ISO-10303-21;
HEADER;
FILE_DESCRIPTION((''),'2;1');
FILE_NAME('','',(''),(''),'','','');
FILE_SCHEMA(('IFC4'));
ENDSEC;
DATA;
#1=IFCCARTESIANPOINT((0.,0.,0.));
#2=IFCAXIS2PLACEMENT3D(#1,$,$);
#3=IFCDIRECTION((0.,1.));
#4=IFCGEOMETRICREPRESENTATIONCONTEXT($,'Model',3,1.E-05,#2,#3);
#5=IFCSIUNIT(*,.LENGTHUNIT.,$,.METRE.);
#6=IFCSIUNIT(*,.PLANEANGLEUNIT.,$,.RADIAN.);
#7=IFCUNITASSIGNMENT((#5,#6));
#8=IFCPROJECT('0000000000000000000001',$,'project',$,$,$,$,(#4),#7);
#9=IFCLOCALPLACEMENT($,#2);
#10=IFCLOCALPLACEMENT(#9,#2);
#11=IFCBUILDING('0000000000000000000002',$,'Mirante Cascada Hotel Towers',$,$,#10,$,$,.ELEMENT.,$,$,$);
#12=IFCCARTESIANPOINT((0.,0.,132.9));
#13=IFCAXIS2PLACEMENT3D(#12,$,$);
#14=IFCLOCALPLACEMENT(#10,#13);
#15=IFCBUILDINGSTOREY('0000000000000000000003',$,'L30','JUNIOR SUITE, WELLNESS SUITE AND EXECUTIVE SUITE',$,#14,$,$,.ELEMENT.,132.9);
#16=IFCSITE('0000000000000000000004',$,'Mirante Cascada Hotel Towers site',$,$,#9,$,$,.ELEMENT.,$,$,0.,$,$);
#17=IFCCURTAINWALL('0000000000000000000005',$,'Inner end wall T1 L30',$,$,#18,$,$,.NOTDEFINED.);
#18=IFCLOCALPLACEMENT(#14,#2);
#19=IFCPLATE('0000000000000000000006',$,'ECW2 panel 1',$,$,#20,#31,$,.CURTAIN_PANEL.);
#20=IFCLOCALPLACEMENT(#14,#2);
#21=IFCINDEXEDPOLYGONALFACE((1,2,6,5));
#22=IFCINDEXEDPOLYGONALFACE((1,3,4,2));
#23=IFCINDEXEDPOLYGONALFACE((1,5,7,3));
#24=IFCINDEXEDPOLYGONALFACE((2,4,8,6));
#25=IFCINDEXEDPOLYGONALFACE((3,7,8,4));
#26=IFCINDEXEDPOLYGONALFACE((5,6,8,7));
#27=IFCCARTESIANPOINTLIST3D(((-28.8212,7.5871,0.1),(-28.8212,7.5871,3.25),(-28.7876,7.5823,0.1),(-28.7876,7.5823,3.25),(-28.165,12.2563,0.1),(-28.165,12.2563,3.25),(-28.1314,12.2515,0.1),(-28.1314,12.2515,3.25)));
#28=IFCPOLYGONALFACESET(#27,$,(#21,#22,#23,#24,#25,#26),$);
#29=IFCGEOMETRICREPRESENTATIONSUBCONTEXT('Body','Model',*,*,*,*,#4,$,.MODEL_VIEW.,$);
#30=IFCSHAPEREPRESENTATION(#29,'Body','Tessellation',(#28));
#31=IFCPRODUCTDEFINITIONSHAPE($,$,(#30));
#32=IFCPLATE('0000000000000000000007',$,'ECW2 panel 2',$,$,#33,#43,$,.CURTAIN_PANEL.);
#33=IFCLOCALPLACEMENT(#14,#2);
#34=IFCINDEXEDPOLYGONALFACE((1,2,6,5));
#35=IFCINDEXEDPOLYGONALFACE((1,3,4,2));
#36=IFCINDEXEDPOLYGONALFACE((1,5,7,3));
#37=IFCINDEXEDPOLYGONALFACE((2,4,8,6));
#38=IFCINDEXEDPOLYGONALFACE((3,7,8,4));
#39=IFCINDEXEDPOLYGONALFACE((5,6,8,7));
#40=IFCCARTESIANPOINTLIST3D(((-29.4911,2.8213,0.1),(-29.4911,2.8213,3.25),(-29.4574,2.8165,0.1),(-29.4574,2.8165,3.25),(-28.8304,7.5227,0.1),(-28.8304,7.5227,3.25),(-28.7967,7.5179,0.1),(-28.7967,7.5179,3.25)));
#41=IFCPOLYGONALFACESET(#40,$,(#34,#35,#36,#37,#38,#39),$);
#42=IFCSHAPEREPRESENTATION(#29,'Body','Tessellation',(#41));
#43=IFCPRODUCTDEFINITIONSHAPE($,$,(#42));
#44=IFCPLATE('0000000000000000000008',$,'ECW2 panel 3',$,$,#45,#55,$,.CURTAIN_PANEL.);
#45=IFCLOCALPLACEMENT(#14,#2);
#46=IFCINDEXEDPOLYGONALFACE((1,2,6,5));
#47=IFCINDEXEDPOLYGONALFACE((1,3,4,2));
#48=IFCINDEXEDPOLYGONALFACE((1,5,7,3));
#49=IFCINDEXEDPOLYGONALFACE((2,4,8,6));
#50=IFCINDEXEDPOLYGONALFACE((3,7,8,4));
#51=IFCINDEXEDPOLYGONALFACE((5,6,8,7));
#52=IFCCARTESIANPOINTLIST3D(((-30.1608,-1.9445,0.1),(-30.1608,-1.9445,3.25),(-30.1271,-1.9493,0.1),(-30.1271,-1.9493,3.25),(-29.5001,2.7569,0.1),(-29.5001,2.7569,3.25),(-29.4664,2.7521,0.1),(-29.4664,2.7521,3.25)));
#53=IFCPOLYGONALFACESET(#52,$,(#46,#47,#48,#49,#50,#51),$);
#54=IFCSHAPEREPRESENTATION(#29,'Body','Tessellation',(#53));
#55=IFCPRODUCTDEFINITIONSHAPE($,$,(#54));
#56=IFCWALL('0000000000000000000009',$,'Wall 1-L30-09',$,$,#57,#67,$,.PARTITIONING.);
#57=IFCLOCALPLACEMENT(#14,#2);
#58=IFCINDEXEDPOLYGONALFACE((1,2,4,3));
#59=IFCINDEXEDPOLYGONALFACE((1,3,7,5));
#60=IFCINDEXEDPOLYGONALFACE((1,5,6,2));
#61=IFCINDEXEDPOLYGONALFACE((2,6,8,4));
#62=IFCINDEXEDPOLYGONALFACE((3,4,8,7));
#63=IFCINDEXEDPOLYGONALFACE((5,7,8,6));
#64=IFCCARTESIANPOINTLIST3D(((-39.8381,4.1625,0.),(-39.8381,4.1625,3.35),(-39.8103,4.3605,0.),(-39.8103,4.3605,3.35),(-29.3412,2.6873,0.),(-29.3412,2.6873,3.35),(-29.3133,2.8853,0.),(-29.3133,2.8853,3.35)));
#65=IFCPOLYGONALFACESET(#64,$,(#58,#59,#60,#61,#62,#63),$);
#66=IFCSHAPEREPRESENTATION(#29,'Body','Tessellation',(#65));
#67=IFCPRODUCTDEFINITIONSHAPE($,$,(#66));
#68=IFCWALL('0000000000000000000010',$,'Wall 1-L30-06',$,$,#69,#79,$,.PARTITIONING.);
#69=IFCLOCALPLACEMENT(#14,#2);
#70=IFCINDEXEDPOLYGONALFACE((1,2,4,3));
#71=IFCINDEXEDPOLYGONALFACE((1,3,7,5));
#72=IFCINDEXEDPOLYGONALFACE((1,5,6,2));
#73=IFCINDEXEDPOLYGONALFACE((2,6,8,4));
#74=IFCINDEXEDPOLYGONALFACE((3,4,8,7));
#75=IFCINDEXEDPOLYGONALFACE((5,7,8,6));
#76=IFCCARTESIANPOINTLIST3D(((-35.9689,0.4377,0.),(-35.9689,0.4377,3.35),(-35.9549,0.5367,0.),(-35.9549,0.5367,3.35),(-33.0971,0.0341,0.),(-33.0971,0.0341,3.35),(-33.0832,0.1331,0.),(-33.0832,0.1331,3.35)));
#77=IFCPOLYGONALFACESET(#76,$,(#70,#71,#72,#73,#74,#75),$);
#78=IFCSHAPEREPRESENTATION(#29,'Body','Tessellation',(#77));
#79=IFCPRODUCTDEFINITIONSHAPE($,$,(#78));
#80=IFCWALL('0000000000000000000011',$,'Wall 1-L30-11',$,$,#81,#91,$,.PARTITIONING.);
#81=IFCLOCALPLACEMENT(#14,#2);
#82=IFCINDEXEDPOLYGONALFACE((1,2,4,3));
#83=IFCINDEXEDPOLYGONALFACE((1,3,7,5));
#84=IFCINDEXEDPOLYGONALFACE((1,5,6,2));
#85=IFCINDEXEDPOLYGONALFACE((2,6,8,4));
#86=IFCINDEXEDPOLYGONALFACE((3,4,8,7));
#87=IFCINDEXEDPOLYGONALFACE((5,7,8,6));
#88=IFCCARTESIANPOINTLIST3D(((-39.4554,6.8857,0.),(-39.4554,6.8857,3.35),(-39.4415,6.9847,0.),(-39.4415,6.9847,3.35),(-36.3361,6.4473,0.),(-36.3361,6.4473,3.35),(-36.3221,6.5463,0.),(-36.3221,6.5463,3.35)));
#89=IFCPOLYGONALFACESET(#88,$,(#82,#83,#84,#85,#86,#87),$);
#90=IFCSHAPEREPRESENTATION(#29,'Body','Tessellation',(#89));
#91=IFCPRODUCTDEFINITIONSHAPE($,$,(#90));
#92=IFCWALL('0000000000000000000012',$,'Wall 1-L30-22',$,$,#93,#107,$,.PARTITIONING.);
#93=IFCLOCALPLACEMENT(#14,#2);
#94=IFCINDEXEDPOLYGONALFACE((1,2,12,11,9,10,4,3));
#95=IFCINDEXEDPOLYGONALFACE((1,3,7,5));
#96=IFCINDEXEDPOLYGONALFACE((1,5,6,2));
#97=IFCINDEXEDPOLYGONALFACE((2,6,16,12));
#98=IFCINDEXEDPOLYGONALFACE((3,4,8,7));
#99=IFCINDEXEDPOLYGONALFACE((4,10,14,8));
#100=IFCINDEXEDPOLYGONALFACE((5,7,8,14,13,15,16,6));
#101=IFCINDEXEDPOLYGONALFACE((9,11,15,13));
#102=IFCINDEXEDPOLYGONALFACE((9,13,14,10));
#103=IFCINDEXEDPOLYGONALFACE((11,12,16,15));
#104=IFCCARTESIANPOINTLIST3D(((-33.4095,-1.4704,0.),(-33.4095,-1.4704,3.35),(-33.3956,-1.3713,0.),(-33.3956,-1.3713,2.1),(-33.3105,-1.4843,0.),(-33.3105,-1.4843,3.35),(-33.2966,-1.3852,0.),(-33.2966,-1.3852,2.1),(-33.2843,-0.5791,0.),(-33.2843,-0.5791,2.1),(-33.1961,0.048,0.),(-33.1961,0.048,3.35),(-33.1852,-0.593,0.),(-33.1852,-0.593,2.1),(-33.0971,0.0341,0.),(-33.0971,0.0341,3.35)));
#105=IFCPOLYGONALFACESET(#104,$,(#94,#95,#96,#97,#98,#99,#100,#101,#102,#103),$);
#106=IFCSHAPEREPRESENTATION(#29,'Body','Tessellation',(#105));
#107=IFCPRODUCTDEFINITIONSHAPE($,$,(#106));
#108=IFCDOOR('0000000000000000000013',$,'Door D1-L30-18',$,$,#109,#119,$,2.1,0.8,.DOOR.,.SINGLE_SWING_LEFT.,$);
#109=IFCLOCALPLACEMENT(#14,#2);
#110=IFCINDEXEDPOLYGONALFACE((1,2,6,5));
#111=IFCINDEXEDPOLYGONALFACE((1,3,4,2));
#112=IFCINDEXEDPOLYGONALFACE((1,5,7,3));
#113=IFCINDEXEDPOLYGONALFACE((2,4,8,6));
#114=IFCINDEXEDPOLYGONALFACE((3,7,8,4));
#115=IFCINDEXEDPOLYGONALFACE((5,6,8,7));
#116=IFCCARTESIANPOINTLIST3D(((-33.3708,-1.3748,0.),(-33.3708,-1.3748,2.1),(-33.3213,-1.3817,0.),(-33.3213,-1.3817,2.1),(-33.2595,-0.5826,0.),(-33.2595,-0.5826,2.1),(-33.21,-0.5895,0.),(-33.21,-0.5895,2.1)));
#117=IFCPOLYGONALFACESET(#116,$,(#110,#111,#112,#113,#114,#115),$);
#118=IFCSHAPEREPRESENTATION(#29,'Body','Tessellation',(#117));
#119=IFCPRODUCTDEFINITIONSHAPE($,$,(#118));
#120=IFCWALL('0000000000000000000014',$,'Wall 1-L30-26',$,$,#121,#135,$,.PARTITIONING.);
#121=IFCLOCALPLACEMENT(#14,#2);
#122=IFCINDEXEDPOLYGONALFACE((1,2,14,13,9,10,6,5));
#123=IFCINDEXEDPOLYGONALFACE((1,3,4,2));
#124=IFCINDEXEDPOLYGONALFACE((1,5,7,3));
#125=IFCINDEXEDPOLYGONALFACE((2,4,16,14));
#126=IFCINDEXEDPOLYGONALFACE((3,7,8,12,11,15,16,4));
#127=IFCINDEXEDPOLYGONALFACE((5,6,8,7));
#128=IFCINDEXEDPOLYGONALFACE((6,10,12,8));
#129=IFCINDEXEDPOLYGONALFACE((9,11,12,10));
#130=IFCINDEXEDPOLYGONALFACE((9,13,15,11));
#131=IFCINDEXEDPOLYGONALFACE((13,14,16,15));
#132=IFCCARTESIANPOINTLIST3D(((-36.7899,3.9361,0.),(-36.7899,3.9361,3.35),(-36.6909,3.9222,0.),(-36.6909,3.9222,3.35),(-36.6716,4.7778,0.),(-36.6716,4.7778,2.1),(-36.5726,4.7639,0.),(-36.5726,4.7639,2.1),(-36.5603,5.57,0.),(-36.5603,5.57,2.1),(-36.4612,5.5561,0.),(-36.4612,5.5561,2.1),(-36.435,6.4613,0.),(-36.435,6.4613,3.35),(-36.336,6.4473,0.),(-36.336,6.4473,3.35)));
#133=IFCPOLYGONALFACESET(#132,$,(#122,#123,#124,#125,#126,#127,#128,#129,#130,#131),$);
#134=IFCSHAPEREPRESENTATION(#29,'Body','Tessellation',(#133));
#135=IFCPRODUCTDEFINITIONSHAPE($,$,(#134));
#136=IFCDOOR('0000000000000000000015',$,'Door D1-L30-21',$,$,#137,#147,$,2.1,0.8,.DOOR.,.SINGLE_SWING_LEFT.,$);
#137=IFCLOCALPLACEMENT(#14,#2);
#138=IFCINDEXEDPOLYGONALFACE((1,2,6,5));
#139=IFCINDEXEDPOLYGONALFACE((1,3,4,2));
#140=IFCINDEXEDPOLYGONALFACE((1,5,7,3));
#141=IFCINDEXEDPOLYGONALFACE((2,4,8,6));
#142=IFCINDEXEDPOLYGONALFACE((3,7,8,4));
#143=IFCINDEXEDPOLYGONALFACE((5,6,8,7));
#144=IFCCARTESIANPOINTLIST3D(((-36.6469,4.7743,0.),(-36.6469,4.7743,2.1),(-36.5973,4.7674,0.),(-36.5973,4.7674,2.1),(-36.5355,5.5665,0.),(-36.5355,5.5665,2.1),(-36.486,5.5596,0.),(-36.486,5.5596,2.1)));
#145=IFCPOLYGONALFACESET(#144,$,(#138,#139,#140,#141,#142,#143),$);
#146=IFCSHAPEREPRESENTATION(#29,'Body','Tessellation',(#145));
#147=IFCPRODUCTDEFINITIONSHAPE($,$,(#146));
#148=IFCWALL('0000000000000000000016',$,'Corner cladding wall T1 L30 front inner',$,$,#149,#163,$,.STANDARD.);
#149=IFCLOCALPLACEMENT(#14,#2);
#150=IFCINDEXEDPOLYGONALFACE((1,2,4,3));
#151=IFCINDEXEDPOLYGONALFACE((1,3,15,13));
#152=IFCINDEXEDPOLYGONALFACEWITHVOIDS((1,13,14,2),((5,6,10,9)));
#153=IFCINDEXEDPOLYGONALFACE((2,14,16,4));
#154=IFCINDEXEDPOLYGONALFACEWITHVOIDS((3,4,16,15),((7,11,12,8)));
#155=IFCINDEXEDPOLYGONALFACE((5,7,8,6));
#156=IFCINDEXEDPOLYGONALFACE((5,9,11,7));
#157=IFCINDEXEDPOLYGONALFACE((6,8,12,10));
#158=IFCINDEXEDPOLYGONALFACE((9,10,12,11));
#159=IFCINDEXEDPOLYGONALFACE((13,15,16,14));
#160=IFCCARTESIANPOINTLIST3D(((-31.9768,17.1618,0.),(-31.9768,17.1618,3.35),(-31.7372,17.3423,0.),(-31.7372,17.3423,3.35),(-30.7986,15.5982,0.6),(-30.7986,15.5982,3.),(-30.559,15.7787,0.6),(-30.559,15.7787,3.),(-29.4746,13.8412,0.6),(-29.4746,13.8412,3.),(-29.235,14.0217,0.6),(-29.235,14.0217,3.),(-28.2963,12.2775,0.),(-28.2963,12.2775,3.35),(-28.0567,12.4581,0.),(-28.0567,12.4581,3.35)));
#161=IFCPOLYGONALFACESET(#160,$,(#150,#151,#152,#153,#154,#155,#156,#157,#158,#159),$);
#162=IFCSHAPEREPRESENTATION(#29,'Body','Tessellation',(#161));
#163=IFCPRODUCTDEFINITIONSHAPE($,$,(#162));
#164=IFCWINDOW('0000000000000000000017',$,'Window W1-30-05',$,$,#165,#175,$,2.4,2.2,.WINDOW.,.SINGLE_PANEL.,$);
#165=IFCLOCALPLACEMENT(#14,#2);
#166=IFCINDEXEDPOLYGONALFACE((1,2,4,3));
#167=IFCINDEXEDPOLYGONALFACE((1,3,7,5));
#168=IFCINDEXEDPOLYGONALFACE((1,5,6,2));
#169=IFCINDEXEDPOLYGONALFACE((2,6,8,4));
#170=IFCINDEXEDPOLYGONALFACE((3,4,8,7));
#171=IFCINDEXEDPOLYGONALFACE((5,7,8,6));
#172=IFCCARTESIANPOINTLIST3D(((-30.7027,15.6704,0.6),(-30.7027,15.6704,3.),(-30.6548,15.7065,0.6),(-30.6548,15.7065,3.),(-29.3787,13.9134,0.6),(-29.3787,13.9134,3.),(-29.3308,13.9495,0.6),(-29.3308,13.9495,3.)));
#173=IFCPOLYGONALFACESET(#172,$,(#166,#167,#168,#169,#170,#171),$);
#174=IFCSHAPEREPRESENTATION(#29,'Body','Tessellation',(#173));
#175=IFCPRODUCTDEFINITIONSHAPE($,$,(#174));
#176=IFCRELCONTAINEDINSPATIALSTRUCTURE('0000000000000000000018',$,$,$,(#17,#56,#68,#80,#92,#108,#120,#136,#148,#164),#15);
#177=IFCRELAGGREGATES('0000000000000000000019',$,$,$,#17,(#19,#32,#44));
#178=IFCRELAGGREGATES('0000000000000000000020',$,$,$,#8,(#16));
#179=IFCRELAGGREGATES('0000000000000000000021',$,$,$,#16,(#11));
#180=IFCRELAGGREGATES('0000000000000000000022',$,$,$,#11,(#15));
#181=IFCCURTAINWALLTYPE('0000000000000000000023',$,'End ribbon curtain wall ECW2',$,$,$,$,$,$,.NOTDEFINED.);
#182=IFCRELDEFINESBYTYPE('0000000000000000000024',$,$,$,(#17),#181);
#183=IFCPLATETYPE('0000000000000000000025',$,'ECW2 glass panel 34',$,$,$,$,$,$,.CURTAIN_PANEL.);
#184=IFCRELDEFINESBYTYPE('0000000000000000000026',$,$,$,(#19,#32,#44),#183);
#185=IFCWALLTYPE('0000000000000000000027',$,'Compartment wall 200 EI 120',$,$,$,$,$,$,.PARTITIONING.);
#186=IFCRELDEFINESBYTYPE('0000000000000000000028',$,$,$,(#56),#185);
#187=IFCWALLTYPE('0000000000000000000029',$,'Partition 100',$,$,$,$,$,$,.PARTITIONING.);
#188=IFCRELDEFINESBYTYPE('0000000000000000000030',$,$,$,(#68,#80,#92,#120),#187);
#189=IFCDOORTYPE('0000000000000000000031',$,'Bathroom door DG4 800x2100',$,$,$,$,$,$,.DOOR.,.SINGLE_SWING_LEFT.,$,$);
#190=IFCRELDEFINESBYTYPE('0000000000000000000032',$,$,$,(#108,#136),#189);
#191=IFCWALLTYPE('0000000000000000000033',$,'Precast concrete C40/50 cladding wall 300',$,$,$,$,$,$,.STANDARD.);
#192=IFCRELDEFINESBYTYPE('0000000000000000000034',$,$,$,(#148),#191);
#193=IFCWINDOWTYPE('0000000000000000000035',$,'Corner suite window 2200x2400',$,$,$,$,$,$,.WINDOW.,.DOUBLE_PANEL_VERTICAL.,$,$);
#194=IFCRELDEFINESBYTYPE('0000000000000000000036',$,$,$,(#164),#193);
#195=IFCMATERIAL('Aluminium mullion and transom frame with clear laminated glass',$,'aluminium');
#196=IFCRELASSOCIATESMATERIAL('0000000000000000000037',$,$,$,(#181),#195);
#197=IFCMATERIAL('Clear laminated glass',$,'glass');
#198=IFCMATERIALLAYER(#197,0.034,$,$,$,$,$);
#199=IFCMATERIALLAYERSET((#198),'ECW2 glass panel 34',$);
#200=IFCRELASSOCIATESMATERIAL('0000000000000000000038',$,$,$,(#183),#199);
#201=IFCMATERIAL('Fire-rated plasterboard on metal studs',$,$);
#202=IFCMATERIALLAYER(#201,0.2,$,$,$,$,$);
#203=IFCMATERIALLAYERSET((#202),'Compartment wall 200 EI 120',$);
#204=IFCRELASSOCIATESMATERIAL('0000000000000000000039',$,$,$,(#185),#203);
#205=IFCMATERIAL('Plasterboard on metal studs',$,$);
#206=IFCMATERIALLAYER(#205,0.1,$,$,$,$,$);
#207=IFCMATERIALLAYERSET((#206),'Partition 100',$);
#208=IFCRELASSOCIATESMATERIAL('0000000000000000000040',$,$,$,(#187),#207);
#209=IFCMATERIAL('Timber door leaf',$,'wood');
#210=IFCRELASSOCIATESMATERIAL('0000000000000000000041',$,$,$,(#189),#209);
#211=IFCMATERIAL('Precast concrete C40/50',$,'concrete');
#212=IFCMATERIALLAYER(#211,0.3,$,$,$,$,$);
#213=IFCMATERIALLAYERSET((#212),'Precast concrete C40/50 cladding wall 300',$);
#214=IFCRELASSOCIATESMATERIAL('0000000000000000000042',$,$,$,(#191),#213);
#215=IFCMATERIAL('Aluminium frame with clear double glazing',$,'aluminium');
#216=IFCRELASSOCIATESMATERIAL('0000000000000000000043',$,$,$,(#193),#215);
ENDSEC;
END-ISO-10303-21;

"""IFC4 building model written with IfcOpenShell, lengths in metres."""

from ifc_helpers import new_model, si_unit, direction, frame, frame_2d, origin, origin_2d, place, context, subcontext, project, spatial, rectangle, extrude, material, layer, layer_set, type_object, element, fill, aggregate, save


model = new_model("IFC4")

# Units and contexts
model_context = context("Model", 3, precision=1e-05, world=origin(), true_north=direction((0.0, 1.0)))
body_context = subcontext(model_context, "Body", "Model", "MODEL_VIEW")
ifc_project = project(units=[si_unit("LENGTHUNIT", "METRE"), si_unit("PLANEANGLEUNIT", "RADIAN")], contexts=[model_context])

# Site, building, storey
site_placement = place(None, origin())
site = spatial("IfcSite", under=ifc_project, at=site_placement, Name="Mirante Cascada Hotel Towers site", CompositionType="ELEMENT", RefElevation=0.0)
building_placement = place(site_placement, origin())
building = spatial("IfcBuilding", under=site, at=building_placement, Name="Mirante Cascada Hotel Towers", CompositionType="ELEMENT")
storey_placement = place(building_placement, frame((0.0, 0.0, 132.9)))
storey = spatial("IfcBuildingStorey", under=building, at=storey_placement, Name="L30", Description="JUNIOR SUITE, WELLNESS SUITE AND EXECUTIVE SUITE", CompositionType="ELEMENT", Elevation=132.9)

# Curtain wall
ifc_material_1 = material(Name="Aluminium mullion and transom frame with clear laminated glass", Category="aluminium")
curtain_wall_type_1 = type_object("IfcCurtainWallType", Name="End ribbon curtain wall ECW2", PredefinedType="NOTDEFINED", material=ifc_material_1)
curtain_wall_1_placement = place(storey_placement, origin())
curtain_wall_1 = element("IfcCurtainWall", 1, at=curtain_wall_1_placement, inside=storey, type_object=curtain_wall_type_1, Name="Inner end wall T1 L30", PredefinedType="NOTDEFINED")

# Plates
ifc_material_2 = material(Name="Clear laminated glass", Category="glass")
ifc_layer_1 = layer(ifc_material_2, 0.034)
ifc_layer_set_1 = layer_set([ifc_layer_1], Name="ECW2 glass panel 34")
plate_type_1 = type_object("IfcPlateType", Name="ECW2 glass panel 34", PredefinedType="CURTAIN_PANEL", material=ifc_layer_set_1)
plate_1_placement = place(storey_placement, frame((-28.4763, 9.9193, 0.1), z_axis=(0.0, 0.0, 1.0), x_axis=(-0.139173, -0.990268, 0.0)))
plate_1 = element("IfcPlate", 2, at=plate_1_placement, type_object=plate_type_1, Name="ECW2 panel 1", PredefinedType="CURTAIN_PANEL", context=body_context, shape_type="SweptSolid", body=[
    extrude(rectangle(XDim=4.7151, YDim=0.034, at=origin_2d()), origin(), (0.0, 0.0, 1.0), 3.15),
])
plate_2_placement = place(storey_placement, frame((-29.1439, 5.1696, 0.1), z_axis=(0.0, 0.0, 1.0), x_axis=(-0.139173, -0.990268, 0.0)))
plate_2 = element("IfcPlate", 3, at=plate_2_placement, type_object=plate_type_1, Name="ECW2 panel 2", PredefinedType="CURTAIN_PANEL", context=body_context, shape_type="SweptSolid", body=[
    extrude(rectangle(XDim=4.7476, YDim=0.034, at=origin_2d()), origin(), (0.0, 0.0, 1.0), 3.15),
])
plate_3_placement = place(storey_placement, frame((-29.8136, 0.4038, 0.1), z_axis=(0.0, 0.0, 1.0), x_axis=(-0.139173, -0.990268, 0.0)))
plate_3 = element("IfcPlate", 4, at=plate_3_placement, type_object=plate_type_1, Name="ECW2 panel 3", PredefinedType="CURTAIN_PANEL", context=body_context, shape_type="SweptSolid", body=[
    extrude(rectangle(XDim=4.7476, YDim=0.034, at=origin_2d()), origin(), (0.0, 0.0, 1.0), 3.15),
])
aggregate(curtain_wall_1, [plate_1, plate_2, plate_3])

# Walls
ifc_material_3 = material(Name="Fire-rated plasterboard on metal studs")
ifc_layer_2 = layer(ifc_material_3, 0.2)
ifc_layer_set_2 = layer_set([ifc_layer_2], Name="Compartment wall 200 EI 120")
wall_type_1 = type_object("IfcWallType", Name="Compartment wall 200 EI 120", PredefinedType="PARTITIONING", material=ifc_layer_set_2)
wall_1_placement = place(storey_placement, frame((-29.3273, 2.7863, 0.0), z_axis=(0.0, 0.0, 1.0), x_axis=(-0.990269, 0.139169, 0.0)))
element("IfcWall", 5, at=wall_1_placement, inside=storey, type_object=wall_type_1, Name="Wall 1-L30-09", PredefinedType="PARTITIONING", context=body_context, shape_type="SweptSolid", body=[
    extrude(rectangle(XDim=10.6001, YDim=0.2, at=frame_2d((5.3, 0.0))), origin(), (0.0, 0.0, 1.0), 3.35),
])
ifc_material_4 = material(Name="Plasterboard on metal studs")
ifc_layer_3 = layer(ifc_material_4, 0.1)
ifc_layer_set_3 = layer_set([ifc_layer_3], Name="Partition 100")
wall_type_2 = type_object("IfcWallType", Name="Partition 100", PredefinedType="PARTITIONING", material=ifc_layer_set_3)
wall_2_placement = place(storey_placement, frame((-35.9619, 0.4872, 0.0), z_axis=(0.0, 0.0, 1.0), x_axis=(0.990268, -0.139171, 0.0)))
element("IfcWall", 6, at=wall_2_placement, inside=storey, type_object=wall_type_2, Name="Wall 1-L30-06", PredefinedType="PARTITIONING", context=body_context, shape_type="SweptSolid", body=[
    extrude(rectangle(XDim=2.9, YDim=0.1, at=frame_2d((1.45, 0.0))), origin(), (0.0, 0.0, 1.0), 3.35),
])
wall_3_placement = place(storey_placement, frame((-36.3291, 6.4968, 0.0), z_axis=(0.0, 0.0, 1.0), x_axis=(-0.990268, 0.139177, 0.0)))
element("IfcWall", 7, at=wall_3_placement, inside=storey, type_object=wall_type_2, Name="Wall 1-L30-11", PredefinedType="PARTITIONING", context=body_context, shape_type="SweptSolid", body=[
    extrude(rectangle(XDim=3.15, YDim=0.1, at=frame_2d((1.575, 0.0))), origin(), (0.0, 0.0, 1.0), 3.35),
])

# Walls, openings, doors
wall_4_placement = place(storey_placement, frame((-33.1466, 0.0411, 0.0), z_axis=(0.0, 0.0, 1.0), x_axis=(-0.139175, -0.990268, 0.0)))
wall_4 = element("IfcWall", 8, at=wall_4_placement, inside=storey, type_object=wall_type_2, Name="Wall 1-L30-22", PredefinedType="PARTITIONING", context=body_context, shape_type="SweptSolid", body=[
    extrude(rectangle(XDim=1.5333, YDim=0.1, at=frame_2d((0.7667, 0.0))), origin(), (0.0, 0.0, 1.0), 3.35),
])
opening_1_placement = place(wall_4_placement, frame((0.6333, 0.0, 0.0)))
opening_1 = element("IfcOpeningElement", 9, at=opening_1_placement, cuts=wall_4, PredefinedType="OPENING", context=body_context, shape_type="SweptSolid", body=[
    extrude(rectangle(XDim=0.8, YDim=2.1, at=frame_2d((0.4, 1.05))), frame((0.0, 0.05, 0.0), z_axis=(0.0, -1.0, 0.0), x_axis=(1.0, 0.0, 0.0)), (0.0, 0.0, 1.0), 0.1),
])
ifc_material_5 = material(Name="Timber door leaf", Category="wood")
door_type = type_object("IfcDoorType", Name="Bathroom door DG4 800x2100", OperationType="SINGLE_SWING_LEFT", PredefinedType="DOOR", material=ifc_material_5)
door_1_placement = place(opening_1_placement, origin())
door_1 = element("IfcDoor", 10, at=door_1_placement, inside=storey, type_object=door_type, Name="Door D1-L30-18", OperationType="SINGLE_SWING_LEFT", OverallHeight=2.1, OverallWidth=0.8, PredefinedType="DOOR", context=body_context, shape_type="SweptSolid", body=[
    extrude(rectangle(XDim=0.8, YDim=2.1, at=frame_2d((0.4, 1.05))), frame((0.0, 0.025, 0.0), z_axis=(0.0, -1.0, 0.0), x_axis=(1.0, 0.0, 0.0)), (0.0, 0.0, 1.0), 0.05),
])
fill(opening_1, door_1)
wall_5_placement = place(storey_placement, frame((-36.3855, 6.4543, 0.0), z_axis=(0.0, 0.0, 1.0), x_axis=(-0.139176, -0.990268, 0.0)))
wall_5 = element("IfcWall", 11, at=wall_5_placement, inside=storey, type_object=wall_type_2, Name="Wall 1-L30-26", PredefinedType="PARTITIONING", context=body_context, shape_type="SweptSolid", body=[
    extrude(rectangle(XDim=2.55, YDim=0.1, at=frame_2d((1.275, 0.0))), origin(), (0.0, 0.0, 1.0), 3.35),
])
opening_2_placement = place(wall_5_placement, frame((0.9, 0.0, 0.0)))
opening_2 = element("IfcOpeningElement", 12, at=opening_2_placement, cuts=wall_5, PredefinedType="OPENING", context=body_context, shape_type="SweptSolid", body=[
    extrude(rectangle(XDim=0.8, YDim=2.1, at=frame_2d((0.4, 1.05))), frame((0.0, 0.05, 0.0), z_axis=(0.0, -1.0, 0.0), x_axis=(1.0, 0.0, 0.0)), (0.0, 0.0, 1.0), 0.1),
])
door_2_placement = place(opening_2_placement, origin())
door_2 = element("IfcDoor", 13, at=door_2_placement, inside=storey, type_object=door_type, Name="Door D1-L30-21", OperationType="SINGLE_SWING_LEFT", OverallHeight=2.1, OverallWidth=0.8, PredefinedType="DOOR", context=body_context, shape_type="SweptSolid", body=[
    extrude(rectangle(XDim=0.8, YDim=2.1, at=frame_2d((0.4, 1.05))), frame((0.0, 0.025, 0.0), z_axis=(0.0, -1.0, 0.0), x_axis=(1.0, 0.0, 0.0)), (0.0, 0.0, 1.0), 0.05),
])
fill(opening_2, door_2)

# Wall, opening, window
ifc_material_6 = material(Name="Precast concrete C40/50", Category="concrete")
ifc_layer_4 = layer(ifc_material_6, 0.3)
ifc_layer_set_4 = layer_set([ifc_layer_4], Name="Precast concrete C40/50 cladding wall 300")
wall_type_3 = type_object("IfcWallType", Name="Precast concrete C40/50 cladding wall 300", PredefinedType="STANDARD", material=ifc_layer_set_4)
wall_6_placement = place(storey_placement, frame((-31.857, 17.252, 0.0), z_axis=(0.0, 0.0, 1.0), x_axis=(0.601814, -0.798636, 0.0)))
wall_6 = element("IfcWall", 14, at=wall_6_placement, inside=storey, type_object=wall_type_3, Name="Corner cladding wall T1 L30 front inner", PredefinedType="STANDARD", context=body_context, shape_type="SweptSolid", body=[
    extrude(rectangle(XDim=6.1157, YDim=0.3, at=frame_2d((3.0578, 0.0))), origin(), (0.0, 0.0, 1.0), 3.35),
])
opening_3_placement = place(wall_6_placement, frame((1.9578, 0.0, 0.6)))
opening_3 = element("IfcOpeningElement", 15, at=opening_3_placement, cuts=wall_6, PredefinedType="OPENING", context=body_context, shape_type="SweptSolid", body=[
    extrude(rectangle(XDim=2.2, YDim=2.4, at=frame_2d((1.1, 1.2))), frame((0.0, 0.15, 0.0), z_axis=(0.0, -1.0, 0.0), x_axis=(1.0, 0.0, 0.0)), (0.0, 0.0, 1.0), 0.3),
])
ifc_material_7 = material(Name="Aluminium frame with clear double glazing", Category="aluminium")
window_type = type_object("IfcWindowType", Name="Corner suite window 2200x2400", PartitioningType="DOUBLE_PANEL_VERTICAL", PredefinedType="WINDOW", material=ifc_material_7)
window_placement = place(opening_3_placement, origin())
window = element("IfcWindow", 16, at=window_placement, inside=storey, type_object=window_type, Name="Window W1-30-05", OverallHeight=2.4, OverallWidth=2.2, PartitioningType="SINGLE_PANEL", PredefinedType="WINDOW", context=body_context, shape_type="SweptSolid", body=[
    extrude(rectangle(XDim=2.2, YDim=2.4, at=frame_2d((1.1, 1.2))), frame((0.0, 0.03, 0.0), z_axis=(0.0, -1.0, 0.0), x_axis=(1.0, 0.0, 0.0)), (0.0, 0.0, 1.0), 0.06),
])
fill(opening_3, window)

save(model, "model.ifc")
